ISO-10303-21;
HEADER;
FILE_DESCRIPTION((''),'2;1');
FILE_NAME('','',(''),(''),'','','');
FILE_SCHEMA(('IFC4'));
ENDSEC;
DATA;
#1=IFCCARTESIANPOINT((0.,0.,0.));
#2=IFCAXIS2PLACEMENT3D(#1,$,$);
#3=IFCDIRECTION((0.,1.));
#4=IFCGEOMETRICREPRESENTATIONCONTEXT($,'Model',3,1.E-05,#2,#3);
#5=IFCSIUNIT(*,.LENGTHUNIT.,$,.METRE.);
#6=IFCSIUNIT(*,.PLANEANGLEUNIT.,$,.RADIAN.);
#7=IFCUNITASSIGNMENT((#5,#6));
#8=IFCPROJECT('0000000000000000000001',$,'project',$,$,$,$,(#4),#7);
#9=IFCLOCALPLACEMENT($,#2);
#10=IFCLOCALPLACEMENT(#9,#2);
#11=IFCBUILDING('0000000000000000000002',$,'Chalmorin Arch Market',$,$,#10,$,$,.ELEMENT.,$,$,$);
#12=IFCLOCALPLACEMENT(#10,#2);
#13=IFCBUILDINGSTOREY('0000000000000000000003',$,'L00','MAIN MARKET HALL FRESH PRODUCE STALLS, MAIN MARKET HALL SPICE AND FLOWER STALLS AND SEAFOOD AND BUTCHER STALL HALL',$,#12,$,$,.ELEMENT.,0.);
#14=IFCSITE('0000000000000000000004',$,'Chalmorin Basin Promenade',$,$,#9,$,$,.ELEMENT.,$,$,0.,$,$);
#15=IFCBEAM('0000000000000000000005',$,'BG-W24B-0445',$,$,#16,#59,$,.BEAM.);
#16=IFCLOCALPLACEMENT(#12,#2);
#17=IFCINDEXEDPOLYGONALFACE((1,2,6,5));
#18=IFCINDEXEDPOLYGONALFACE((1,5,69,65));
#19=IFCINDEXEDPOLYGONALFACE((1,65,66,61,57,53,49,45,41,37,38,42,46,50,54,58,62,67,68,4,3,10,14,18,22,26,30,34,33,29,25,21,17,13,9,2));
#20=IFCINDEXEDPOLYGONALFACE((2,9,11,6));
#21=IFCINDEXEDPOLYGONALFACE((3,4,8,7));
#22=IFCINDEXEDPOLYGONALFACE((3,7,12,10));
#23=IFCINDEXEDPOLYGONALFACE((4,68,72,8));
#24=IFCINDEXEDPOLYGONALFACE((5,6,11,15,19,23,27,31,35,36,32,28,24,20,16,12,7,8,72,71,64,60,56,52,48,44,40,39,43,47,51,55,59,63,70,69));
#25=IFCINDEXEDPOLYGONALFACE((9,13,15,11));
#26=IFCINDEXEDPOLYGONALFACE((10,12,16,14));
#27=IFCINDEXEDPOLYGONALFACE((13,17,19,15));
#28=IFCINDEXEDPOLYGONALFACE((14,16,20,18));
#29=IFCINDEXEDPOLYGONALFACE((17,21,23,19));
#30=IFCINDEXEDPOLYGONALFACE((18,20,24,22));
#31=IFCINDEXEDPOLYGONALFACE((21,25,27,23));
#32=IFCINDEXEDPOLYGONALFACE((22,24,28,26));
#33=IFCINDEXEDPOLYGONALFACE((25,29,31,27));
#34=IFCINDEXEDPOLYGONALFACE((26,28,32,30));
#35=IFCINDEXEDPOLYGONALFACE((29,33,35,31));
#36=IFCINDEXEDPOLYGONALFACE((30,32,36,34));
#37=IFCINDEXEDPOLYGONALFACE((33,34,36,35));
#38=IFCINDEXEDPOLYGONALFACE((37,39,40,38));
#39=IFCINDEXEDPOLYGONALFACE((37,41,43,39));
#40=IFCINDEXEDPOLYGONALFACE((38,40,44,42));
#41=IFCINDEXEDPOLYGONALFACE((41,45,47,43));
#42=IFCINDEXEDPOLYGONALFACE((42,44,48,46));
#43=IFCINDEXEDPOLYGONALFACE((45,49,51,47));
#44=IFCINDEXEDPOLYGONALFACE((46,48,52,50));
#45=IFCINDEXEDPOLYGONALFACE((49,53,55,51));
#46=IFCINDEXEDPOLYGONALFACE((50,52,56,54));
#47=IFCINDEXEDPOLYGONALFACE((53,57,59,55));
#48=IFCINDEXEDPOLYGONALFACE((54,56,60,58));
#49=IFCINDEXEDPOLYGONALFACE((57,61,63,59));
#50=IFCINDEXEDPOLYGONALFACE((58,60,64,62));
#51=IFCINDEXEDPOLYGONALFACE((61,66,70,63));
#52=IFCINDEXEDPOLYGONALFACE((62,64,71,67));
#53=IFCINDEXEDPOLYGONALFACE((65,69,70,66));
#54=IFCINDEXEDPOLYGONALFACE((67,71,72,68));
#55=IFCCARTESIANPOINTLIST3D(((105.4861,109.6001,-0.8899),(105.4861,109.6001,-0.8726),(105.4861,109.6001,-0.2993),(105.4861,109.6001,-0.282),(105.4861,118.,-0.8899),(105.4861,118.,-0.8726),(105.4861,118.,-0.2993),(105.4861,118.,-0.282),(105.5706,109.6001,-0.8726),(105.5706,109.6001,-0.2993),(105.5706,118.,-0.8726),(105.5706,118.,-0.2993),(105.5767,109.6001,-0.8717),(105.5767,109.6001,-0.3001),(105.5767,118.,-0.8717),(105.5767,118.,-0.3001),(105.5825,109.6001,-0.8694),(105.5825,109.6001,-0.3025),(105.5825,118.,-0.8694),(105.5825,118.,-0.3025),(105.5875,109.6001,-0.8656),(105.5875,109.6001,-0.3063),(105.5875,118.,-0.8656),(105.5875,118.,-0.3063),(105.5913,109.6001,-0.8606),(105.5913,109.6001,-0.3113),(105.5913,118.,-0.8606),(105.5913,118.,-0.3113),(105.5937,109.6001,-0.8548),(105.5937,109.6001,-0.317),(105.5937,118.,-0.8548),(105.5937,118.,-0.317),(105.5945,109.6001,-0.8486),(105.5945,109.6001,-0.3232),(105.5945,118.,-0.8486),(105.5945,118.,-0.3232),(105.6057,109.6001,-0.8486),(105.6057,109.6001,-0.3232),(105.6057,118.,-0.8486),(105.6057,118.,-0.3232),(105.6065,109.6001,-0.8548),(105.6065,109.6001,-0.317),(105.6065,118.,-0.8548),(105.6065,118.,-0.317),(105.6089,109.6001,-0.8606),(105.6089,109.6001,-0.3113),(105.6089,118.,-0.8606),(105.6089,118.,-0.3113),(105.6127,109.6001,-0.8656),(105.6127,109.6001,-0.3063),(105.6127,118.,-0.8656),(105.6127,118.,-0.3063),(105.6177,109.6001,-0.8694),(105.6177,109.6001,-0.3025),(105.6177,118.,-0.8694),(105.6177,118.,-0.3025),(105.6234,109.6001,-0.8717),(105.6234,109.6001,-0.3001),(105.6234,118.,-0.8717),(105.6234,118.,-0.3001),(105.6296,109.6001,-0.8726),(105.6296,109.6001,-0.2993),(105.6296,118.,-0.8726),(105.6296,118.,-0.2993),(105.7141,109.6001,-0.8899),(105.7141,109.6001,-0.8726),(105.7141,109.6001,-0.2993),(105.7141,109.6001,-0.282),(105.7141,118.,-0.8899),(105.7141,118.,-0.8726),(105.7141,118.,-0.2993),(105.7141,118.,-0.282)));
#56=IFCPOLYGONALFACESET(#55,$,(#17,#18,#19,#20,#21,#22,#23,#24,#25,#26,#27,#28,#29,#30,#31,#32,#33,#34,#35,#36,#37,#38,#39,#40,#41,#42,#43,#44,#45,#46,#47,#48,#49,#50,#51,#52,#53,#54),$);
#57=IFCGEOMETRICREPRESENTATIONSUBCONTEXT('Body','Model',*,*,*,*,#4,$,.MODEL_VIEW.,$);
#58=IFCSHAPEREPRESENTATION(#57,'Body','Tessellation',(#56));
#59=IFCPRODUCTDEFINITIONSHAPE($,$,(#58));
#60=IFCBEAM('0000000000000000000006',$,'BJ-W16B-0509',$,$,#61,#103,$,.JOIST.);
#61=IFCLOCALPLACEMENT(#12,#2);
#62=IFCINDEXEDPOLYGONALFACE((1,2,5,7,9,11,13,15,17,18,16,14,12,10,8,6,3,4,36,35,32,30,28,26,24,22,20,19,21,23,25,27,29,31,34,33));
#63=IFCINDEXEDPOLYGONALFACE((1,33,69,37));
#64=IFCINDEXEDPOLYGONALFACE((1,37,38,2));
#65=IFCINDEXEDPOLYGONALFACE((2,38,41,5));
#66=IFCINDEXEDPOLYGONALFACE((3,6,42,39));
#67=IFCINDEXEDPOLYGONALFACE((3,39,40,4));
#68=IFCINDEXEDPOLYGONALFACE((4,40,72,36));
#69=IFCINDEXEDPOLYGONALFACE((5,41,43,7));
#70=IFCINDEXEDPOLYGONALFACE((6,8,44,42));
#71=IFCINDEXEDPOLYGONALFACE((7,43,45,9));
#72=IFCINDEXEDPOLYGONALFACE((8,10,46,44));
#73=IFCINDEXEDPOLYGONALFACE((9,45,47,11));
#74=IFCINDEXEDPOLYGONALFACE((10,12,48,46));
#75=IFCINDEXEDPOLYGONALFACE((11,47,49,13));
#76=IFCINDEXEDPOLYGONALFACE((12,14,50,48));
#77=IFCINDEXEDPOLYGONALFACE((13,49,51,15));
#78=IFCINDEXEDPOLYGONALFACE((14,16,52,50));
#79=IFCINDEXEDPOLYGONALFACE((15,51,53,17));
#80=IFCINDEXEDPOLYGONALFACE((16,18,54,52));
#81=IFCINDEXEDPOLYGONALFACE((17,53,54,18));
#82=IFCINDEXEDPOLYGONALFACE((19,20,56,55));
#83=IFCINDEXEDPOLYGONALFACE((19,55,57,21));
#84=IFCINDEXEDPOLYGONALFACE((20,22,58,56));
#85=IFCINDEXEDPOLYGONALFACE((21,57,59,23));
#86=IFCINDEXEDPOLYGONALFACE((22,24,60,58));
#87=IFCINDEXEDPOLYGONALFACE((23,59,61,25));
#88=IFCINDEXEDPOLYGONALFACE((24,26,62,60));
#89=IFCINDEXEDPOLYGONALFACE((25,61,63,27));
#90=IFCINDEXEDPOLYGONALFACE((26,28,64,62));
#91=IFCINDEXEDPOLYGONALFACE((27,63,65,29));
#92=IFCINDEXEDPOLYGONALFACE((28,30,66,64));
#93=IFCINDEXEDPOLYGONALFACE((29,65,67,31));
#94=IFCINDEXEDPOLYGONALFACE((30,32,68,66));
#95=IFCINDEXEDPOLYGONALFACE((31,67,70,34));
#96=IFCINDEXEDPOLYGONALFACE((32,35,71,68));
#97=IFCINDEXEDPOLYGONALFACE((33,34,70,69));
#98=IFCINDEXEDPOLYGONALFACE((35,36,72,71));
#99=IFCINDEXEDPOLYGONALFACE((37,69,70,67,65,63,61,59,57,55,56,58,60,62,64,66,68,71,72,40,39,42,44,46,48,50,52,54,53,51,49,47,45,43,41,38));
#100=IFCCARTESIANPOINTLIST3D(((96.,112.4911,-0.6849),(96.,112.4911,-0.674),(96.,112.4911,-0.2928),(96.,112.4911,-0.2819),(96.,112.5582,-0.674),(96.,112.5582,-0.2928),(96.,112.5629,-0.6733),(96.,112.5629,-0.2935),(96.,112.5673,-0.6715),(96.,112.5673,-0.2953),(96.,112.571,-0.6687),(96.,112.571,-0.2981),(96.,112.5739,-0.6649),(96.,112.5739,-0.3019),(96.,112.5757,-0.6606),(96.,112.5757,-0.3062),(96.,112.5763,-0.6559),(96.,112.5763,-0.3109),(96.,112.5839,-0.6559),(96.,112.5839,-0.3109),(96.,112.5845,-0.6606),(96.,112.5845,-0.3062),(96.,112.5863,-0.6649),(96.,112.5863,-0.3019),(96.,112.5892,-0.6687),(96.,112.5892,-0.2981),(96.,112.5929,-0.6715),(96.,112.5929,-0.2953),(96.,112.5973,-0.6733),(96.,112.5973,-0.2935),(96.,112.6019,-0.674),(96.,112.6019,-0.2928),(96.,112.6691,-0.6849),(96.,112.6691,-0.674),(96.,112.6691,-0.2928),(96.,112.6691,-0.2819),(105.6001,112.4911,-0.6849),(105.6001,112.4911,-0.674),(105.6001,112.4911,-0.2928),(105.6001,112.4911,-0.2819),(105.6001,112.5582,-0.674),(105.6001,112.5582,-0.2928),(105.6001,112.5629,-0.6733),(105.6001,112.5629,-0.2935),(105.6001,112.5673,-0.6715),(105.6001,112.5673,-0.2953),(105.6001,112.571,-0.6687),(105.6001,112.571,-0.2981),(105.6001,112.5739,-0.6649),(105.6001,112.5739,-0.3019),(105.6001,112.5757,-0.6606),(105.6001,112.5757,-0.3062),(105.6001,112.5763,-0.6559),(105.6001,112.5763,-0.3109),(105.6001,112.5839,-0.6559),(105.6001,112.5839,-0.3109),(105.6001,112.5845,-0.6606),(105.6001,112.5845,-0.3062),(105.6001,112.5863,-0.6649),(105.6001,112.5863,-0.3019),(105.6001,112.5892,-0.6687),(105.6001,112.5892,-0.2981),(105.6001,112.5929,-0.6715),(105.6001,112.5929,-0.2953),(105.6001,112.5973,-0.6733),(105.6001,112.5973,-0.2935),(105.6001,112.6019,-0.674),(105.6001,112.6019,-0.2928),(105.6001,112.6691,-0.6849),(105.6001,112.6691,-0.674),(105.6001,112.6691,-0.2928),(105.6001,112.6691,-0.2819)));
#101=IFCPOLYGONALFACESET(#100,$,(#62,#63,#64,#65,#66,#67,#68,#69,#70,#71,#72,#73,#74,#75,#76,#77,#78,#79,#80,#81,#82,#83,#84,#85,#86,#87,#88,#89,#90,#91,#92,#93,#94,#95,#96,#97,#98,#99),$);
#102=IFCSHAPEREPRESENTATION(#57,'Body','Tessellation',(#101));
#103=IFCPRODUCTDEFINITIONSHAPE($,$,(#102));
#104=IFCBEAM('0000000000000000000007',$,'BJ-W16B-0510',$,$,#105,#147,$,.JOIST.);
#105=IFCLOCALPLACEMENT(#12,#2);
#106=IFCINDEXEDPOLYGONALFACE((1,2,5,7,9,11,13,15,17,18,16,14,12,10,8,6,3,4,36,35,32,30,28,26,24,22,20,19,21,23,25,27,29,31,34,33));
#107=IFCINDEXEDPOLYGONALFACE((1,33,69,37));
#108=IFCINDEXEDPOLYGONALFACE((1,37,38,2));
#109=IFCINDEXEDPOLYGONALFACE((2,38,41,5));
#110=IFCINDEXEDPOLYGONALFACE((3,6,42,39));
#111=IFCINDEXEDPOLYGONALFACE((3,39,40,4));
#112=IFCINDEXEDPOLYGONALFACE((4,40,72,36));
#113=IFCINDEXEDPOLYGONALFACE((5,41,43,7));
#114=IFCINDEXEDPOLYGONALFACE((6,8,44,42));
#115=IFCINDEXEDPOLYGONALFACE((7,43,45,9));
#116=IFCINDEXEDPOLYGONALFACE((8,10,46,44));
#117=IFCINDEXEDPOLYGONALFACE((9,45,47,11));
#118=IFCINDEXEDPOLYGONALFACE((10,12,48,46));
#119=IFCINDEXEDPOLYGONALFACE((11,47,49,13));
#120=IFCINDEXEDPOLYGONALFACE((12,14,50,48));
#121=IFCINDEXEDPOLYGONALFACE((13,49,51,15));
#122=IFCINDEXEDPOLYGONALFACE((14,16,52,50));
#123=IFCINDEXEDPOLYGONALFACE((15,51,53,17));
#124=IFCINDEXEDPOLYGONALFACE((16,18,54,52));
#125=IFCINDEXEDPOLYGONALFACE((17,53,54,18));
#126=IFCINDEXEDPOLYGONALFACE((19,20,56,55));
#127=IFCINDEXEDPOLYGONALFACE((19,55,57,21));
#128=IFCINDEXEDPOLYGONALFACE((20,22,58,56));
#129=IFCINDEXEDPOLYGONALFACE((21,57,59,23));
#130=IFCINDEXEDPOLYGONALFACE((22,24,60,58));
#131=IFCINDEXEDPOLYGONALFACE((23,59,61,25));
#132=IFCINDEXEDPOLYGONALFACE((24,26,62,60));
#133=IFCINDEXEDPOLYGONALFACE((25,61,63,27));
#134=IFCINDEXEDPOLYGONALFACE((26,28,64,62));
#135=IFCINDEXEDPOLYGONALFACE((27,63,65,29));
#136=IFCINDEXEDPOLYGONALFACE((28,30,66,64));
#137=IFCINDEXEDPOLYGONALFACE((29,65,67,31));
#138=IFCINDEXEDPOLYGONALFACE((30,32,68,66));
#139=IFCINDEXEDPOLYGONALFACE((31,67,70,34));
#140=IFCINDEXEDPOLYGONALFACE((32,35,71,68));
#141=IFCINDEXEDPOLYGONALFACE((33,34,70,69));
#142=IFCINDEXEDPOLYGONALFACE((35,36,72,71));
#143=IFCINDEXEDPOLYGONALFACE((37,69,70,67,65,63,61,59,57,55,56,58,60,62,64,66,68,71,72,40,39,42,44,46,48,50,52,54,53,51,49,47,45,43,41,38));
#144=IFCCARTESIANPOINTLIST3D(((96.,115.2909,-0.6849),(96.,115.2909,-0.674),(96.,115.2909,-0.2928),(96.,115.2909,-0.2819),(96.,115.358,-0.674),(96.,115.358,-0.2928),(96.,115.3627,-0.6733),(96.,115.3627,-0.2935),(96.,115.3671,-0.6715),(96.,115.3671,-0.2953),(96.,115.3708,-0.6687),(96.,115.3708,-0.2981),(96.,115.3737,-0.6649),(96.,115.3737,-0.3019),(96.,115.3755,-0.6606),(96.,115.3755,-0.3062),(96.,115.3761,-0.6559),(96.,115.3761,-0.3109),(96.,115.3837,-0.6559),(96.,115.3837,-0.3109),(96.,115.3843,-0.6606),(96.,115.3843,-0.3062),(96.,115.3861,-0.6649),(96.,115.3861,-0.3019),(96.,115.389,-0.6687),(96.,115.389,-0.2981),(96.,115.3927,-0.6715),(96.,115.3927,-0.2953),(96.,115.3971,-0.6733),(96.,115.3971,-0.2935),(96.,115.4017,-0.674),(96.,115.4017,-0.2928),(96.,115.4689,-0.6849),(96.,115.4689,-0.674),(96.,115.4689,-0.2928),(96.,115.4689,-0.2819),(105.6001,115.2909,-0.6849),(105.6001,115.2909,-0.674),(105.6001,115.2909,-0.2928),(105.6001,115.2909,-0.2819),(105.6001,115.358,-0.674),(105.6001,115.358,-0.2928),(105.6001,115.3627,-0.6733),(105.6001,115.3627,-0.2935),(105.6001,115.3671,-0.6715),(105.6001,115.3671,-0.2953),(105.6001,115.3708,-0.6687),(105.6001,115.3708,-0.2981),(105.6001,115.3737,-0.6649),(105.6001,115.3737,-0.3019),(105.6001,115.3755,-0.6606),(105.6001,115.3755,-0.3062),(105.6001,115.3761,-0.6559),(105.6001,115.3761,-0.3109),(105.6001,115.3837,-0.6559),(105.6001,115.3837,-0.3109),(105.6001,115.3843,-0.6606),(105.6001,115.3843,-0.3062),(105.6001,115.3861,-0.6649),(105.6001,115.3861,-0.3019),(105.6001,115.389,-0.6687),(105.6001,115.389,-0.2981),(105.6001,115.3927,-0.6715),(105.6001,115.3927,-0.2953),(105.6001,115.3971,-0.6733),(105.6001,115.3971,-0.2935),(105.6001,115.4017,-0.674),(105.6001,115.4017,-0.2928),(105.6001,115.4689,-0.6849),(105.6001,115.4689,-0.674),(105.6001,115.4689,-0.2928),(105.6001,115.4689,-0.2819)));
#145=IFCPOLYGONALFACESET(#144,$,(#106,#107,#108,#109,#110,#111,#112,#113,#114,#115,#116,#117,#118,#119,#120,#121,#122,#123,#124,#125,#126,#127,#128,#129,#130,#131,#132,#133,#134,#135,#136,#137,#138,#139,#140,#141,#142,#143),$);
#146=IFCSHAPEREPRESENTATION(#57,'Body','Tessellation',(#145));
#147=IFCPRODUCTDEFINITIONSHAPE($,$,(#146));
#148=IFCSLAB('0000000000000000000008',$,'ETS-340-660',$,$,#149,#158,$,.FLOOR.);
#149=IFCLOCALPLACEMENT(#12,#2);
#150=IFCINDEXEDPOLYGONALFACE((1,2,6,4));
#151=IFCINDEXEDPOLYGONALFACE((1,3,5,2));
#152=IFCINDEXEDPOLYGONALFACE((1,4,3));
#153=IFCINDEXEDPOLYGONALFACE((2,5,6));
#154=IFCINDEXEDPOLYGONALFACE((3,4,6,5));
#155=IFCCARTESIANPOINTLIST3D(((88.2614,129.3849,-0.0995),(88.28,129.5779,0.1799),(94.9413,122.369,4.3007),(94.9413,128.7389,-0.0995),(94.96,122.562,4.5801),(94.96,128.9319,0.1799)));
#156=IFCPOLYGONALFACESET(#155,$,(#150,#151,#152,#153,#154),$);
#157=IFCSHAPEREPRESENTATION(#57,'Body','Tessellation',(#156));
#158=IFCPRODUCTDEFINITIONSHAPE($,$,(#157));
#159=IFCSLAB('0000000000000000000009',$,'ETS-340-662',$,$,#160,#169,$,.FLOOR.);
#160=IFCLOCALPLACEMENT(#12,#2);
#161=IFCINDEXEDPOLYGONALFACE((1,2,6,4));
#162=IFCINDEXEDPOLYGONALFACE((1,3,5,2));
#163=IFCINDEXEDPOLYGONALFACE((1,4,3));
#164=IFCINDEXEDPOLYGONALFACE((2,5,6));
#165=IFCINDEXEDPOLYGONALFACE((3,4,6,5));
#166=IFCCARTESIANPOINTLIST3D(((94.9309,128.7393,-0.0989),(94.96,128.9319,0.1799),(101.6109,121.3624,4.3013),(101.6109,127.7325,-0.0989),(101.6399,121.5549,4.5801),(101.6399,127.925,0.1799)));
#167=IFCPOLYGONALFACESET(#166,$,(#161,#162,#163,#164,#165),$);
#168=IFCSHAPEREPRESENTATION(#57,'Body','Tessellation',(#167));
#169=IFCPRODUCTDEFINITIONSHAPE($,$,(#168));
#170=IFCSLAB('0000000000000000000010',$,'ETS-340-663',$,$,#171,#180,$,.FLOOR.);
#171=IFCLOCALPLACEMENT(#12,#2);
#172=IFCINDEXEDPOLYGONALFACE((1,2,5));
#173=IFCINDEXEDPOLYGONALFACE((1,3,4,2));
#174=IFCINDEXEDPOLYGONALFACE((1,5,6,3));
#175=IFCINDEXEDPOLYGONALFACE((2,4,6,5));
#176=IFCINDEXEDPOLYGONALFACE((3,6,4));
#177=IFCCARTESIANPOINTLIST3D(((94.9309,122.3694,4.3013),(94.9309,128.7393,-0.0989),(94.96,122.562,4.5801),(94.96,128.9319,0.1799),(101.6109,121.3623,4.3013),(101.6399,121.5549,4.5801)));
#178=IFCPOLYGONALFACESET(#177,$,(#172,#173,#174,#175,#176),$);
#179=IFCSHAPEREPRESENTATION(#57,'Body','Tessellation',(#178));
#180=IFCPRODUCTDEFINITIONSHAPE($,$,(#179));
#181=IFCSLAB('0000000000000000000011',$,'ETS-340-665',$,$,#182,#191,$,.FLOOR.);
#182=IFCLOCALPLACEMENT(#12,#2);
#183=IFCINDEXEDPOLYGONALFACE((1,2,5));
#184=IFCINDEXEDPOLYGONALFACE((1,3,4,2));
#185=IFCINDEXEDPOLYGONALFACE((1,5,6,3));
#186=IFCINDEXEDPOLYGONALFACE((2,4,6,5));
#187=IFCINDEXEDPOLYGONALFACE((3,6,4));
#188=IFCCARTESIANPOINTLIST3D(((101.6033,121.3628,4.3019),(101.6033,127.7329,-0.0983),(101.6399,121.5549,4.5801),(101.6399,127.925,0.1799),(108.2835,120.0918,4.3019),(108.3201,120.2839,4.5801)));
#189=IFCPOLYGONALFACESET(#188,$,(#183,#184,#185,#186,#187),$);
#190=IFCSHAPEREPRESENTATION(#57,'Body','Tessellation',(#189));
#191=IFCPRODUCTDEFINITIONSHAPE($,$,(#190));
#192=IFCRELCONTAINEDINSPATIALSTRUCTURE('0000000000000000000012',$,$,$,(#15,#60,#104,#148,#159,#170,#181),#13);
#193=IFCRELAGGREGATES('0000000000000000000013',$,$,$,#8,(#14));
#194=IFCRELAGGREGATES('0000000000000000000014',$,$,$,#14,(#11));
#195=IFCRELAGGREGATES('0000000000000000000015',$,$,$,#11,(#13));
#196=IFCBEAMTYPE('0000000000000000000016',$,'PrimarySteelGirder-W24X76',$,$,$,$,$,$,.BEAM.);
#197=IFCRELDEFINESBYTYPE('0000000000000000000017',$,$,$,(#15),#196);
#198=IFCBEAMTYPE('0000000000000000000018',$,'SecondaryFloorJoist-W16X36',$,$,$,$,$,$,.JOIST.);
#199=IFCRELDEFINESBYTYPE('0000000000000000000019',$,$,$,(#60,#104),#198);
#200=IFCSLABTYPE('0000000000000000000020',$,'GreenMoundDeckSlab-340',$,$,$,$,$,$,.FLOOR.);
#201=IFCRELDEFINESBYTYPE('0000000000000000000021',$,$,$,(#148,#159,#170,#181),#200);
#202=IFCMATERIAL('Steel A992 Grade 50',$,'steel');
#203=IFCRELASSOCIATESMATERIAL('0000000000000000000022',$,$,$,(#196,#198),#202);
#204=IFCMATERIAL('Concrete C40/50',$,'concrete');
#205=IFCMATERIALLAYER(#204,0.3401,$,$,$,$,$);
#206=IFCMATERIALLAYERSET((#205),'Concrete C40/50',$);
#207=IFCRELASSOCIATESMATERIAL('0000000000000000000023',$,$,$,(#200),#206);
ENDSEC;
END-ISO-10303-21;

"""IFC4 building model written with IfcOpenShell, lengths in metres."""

from ifc_helpers import new_model, si_unit, direction, frame, origin, origin_2d, place, context, subcontext, project, spatial, polyline, i_section, outline, extrude, material, layer, layer_set, material_profile, profile_set, type_object, element, save


model = new_model("IFC4")

# Units and contexts
model_context = context("Model", 3, precision=1e-05, world=origin(), true_north=direction((0.0, 1.0)))
body_context = subcontext(model_context, "Body", "Model", "MODEL_VIEW")
ifc_project = project(units=[si_unit("LENGTHUNIT", "METRE"), si_unit("PLANEANGLEUNIT", "RADIAN")], contexts=[model_context])

# Site, building, storey
site_placement = place(None, origin())
site = spatial("IfcSite", under=ifc_project, at=site_placement, Name="Chalmorin Basin Promenade", CompositionType="ELEMENT", RefElevation=0.0)
building_placement = place(site_placement, origin())
building = spatial("IfcBuilding", under=site, at=building_placement, Name="Chalmorin Arch Market", CompositionType="ELEMENT")
storey_placement = place(building_placement, origin())
storey = spatial("IfcBuildingStorey", under=building, at=storey_placement, Name="L00", Description="MAIN MARKET HALL FRESH PRODUCE STALLS, MAIN MARKET HALL SPICE AND FLOWER STALLS AND SEAFOOD AND BUTCHER STALL HALL", CompositionType="ELEMENT", Elevation=0.0)

# Shared definitions
ifc_material_1 = material(Name="Concrete C40/50", Category="concrete")

# Beams
ifc_material_2 = material(Name="Steel A992 Grade 50", Category="steel")
ifc_material_profile_1 = material_profile(ifc_material_2, i_section(OverallWidth=0.228, OverallDepth=0.6079, WebThickness=0.0112, FlangeThickness=0.0173, FilletRadius=0.0239, at=origin_2d()), Name="W24X76")
ifc_profile_set_1 = profile_set([ifc_material_profile_1], Name="Steel A992 Grade 50")
beam_type_1 = type_object("IfcBeamType", Name="PrimarySteelGirder-W24X76", PredefinedType="BEAM", material=ifc_profile_set_1)
beam_1_placement = place(storey_placement, frame((105.6001, 109.6001, -0.5859), z_axis=(0.0, 1.0, 0.0), x_axis=(-1.0, 0.0, 0.0)))
element("IfcBeam", 1, at=beam_1_placement, inside=storey, type_object=beam_type_1, Name="BG-W24B-0445", PredefinedType="BEAM", context=body_context, shape_type="SweptSolid", body=[
    extrude(i_section(OverallWidth=0.228, OverallDepth=0.6079, WebThickness=0.0112, FlangeThickness=0.0173, FilletRadius=0.0239, at=origin_2d()), origin(), (0.0, 0.0, 1.0), 8.3999),
])
ifc_material_profile_2 = material_profile(ifc_material_2, i_section(OverallWidth=0.178, OverallDepth=0.4031, WebThickness=0.0076, FlangeThickness=0.011, FilletRadius=0.0181, at=origin_2d()), Name="W16X36")
ifc_profile_set_2 = profile_set([ifc_material_profile_2], Name="Steel A992 Grade 50")
beam_type_2 = type_object("IfcBeamType", Name="SecondaryFloorJoist-W16X36", PredefinedType="JOIST", material=ifc_profile_set_2)
for number, where, z_axis, x_axis, name in (
    (2, (96.0, 112.5801, -0.4834), (1.0, 0.0, 0.0), (0.0, 1.0, 0.0), "BJ-W16B-0509"),
    (3, (96.0, 115.3799, -0.4834), (1.0, 0.0, 0.0), (0.0, 1.0, 0.0), "BJ-W16B-0510"),
):
    element("IfcBeam", number, at=place(storey_placement, frame(where, z_axis=z_axis, x_axis=x_axis)), inside=storey, type_object=beam_type_2, Name=name, PredefinedType="JOIST", context=body_context, shape_type="SweptSolid", body=[
        extrude(i_section(OverallWidth=0.178, OverallDepth=0.4031, WebThickness=0.0076, FlangeThickness=0.011, FilletRadius=0.0181, at=origin_2d()), origin(), (0.0, 0.0, 1.0), 9.6001),
    ])

# Slabs
ifc_layer_1 = layer(ifc_material_1, 0.3401)
ifc_layer_set_1 = layer_set([ifc_layer_1], Name="Concrete C40/50")
slab_type = type_object("IfcSlabType", Name="GreenMoundDeckSlab-340", PredefinedType="FLOOR", material=ifc_layer_set_1)
slab_1_placement = place(storey_placement, frame((94.96, 122.562, 4.5801), z_axis=(0.054881, 0.5675, 0.821542), x_axis=(0.0, 0.822782, -0.568357)))
element("IfcSlab", 4, at=slab_1_placement, inside=storey, type_object=slab_type, Name="ETS-340-660", PredefinedType="FLOOR", context=body_context, shape_type="SweptSolid", body=[
    extrude(outline(polyline([(0.0, 0.0), (7.7419, 0.0), (8.2734, 6.69), (0.0, 0.0)])), origin(), (0.0, 0.0, -1.0), 0.3401),
])
slab_2_placement = place(storey_placement, frame((101.6399, 121.5549, 4.5801), z_axis=(0.085351, 0.566268, 0.81979), x_axis=(0.0, 0.822792, -0.568342)))
element("IfcSlab", 5, at=slab_2_placement, inside=storey, type_object=slab_type, Name="ETS-340-662", PredefinedType="FLOOR", context=body_context, shape_type="SweptSolid", body=[
    extrude(outline(polyline([(0.0, 0.0), (7.7421, 0.0), (8.5705, 6.7044), (0.0, 0.0)])), origin(), (0.0, 0.0, -1.0), 0.3401),
])
slab_3_placement = place(storey_placement, frame((94.96, 122.562, 4.5801), z_axis=(0.085374, 0.566282, 0.819778), x_axis=(0.988826, -0.149077, 0.0)))
element("IfcSlab", 6, at=slab_3_placement, inside=storey, type_object=slab_type, Name="ETS-340-663", PredefinedType="FLOOR", context=body_context, shape_type="SweptSolid", body=[
    extrude(outline(polyline([(0.0, 0.0), (6.7554, 0.0), (-0.9496, 7.6834), (0.0, 0.0)])), origin(), (0.0, 0.0, -1.0), 0.3401),
])
slab_4_placement = place(storey_placement, frame((101.6399, 121.5549, 4.5801), z_axis=(0.107508, 0.565048, 0.818024), x_axis=(0.982377, -0.186911, 0.0)))
element("IfcSlab", 7, at=slab_4_placement, inside=storey, type_object=slab_type, Name="ETS-340-665", PredefinedType="FLOOR", context=body_context, shape_type="SweptSolid", body=[
    extrude(outline(polyline([(0.0, 0.0), (6.8, 0.0), (-1.1906, 7.65), (0.0, 0.0)])), origin(), (0.0, 0.0, -1.0), 0.3401),
])

save(model, "model.ifc")
